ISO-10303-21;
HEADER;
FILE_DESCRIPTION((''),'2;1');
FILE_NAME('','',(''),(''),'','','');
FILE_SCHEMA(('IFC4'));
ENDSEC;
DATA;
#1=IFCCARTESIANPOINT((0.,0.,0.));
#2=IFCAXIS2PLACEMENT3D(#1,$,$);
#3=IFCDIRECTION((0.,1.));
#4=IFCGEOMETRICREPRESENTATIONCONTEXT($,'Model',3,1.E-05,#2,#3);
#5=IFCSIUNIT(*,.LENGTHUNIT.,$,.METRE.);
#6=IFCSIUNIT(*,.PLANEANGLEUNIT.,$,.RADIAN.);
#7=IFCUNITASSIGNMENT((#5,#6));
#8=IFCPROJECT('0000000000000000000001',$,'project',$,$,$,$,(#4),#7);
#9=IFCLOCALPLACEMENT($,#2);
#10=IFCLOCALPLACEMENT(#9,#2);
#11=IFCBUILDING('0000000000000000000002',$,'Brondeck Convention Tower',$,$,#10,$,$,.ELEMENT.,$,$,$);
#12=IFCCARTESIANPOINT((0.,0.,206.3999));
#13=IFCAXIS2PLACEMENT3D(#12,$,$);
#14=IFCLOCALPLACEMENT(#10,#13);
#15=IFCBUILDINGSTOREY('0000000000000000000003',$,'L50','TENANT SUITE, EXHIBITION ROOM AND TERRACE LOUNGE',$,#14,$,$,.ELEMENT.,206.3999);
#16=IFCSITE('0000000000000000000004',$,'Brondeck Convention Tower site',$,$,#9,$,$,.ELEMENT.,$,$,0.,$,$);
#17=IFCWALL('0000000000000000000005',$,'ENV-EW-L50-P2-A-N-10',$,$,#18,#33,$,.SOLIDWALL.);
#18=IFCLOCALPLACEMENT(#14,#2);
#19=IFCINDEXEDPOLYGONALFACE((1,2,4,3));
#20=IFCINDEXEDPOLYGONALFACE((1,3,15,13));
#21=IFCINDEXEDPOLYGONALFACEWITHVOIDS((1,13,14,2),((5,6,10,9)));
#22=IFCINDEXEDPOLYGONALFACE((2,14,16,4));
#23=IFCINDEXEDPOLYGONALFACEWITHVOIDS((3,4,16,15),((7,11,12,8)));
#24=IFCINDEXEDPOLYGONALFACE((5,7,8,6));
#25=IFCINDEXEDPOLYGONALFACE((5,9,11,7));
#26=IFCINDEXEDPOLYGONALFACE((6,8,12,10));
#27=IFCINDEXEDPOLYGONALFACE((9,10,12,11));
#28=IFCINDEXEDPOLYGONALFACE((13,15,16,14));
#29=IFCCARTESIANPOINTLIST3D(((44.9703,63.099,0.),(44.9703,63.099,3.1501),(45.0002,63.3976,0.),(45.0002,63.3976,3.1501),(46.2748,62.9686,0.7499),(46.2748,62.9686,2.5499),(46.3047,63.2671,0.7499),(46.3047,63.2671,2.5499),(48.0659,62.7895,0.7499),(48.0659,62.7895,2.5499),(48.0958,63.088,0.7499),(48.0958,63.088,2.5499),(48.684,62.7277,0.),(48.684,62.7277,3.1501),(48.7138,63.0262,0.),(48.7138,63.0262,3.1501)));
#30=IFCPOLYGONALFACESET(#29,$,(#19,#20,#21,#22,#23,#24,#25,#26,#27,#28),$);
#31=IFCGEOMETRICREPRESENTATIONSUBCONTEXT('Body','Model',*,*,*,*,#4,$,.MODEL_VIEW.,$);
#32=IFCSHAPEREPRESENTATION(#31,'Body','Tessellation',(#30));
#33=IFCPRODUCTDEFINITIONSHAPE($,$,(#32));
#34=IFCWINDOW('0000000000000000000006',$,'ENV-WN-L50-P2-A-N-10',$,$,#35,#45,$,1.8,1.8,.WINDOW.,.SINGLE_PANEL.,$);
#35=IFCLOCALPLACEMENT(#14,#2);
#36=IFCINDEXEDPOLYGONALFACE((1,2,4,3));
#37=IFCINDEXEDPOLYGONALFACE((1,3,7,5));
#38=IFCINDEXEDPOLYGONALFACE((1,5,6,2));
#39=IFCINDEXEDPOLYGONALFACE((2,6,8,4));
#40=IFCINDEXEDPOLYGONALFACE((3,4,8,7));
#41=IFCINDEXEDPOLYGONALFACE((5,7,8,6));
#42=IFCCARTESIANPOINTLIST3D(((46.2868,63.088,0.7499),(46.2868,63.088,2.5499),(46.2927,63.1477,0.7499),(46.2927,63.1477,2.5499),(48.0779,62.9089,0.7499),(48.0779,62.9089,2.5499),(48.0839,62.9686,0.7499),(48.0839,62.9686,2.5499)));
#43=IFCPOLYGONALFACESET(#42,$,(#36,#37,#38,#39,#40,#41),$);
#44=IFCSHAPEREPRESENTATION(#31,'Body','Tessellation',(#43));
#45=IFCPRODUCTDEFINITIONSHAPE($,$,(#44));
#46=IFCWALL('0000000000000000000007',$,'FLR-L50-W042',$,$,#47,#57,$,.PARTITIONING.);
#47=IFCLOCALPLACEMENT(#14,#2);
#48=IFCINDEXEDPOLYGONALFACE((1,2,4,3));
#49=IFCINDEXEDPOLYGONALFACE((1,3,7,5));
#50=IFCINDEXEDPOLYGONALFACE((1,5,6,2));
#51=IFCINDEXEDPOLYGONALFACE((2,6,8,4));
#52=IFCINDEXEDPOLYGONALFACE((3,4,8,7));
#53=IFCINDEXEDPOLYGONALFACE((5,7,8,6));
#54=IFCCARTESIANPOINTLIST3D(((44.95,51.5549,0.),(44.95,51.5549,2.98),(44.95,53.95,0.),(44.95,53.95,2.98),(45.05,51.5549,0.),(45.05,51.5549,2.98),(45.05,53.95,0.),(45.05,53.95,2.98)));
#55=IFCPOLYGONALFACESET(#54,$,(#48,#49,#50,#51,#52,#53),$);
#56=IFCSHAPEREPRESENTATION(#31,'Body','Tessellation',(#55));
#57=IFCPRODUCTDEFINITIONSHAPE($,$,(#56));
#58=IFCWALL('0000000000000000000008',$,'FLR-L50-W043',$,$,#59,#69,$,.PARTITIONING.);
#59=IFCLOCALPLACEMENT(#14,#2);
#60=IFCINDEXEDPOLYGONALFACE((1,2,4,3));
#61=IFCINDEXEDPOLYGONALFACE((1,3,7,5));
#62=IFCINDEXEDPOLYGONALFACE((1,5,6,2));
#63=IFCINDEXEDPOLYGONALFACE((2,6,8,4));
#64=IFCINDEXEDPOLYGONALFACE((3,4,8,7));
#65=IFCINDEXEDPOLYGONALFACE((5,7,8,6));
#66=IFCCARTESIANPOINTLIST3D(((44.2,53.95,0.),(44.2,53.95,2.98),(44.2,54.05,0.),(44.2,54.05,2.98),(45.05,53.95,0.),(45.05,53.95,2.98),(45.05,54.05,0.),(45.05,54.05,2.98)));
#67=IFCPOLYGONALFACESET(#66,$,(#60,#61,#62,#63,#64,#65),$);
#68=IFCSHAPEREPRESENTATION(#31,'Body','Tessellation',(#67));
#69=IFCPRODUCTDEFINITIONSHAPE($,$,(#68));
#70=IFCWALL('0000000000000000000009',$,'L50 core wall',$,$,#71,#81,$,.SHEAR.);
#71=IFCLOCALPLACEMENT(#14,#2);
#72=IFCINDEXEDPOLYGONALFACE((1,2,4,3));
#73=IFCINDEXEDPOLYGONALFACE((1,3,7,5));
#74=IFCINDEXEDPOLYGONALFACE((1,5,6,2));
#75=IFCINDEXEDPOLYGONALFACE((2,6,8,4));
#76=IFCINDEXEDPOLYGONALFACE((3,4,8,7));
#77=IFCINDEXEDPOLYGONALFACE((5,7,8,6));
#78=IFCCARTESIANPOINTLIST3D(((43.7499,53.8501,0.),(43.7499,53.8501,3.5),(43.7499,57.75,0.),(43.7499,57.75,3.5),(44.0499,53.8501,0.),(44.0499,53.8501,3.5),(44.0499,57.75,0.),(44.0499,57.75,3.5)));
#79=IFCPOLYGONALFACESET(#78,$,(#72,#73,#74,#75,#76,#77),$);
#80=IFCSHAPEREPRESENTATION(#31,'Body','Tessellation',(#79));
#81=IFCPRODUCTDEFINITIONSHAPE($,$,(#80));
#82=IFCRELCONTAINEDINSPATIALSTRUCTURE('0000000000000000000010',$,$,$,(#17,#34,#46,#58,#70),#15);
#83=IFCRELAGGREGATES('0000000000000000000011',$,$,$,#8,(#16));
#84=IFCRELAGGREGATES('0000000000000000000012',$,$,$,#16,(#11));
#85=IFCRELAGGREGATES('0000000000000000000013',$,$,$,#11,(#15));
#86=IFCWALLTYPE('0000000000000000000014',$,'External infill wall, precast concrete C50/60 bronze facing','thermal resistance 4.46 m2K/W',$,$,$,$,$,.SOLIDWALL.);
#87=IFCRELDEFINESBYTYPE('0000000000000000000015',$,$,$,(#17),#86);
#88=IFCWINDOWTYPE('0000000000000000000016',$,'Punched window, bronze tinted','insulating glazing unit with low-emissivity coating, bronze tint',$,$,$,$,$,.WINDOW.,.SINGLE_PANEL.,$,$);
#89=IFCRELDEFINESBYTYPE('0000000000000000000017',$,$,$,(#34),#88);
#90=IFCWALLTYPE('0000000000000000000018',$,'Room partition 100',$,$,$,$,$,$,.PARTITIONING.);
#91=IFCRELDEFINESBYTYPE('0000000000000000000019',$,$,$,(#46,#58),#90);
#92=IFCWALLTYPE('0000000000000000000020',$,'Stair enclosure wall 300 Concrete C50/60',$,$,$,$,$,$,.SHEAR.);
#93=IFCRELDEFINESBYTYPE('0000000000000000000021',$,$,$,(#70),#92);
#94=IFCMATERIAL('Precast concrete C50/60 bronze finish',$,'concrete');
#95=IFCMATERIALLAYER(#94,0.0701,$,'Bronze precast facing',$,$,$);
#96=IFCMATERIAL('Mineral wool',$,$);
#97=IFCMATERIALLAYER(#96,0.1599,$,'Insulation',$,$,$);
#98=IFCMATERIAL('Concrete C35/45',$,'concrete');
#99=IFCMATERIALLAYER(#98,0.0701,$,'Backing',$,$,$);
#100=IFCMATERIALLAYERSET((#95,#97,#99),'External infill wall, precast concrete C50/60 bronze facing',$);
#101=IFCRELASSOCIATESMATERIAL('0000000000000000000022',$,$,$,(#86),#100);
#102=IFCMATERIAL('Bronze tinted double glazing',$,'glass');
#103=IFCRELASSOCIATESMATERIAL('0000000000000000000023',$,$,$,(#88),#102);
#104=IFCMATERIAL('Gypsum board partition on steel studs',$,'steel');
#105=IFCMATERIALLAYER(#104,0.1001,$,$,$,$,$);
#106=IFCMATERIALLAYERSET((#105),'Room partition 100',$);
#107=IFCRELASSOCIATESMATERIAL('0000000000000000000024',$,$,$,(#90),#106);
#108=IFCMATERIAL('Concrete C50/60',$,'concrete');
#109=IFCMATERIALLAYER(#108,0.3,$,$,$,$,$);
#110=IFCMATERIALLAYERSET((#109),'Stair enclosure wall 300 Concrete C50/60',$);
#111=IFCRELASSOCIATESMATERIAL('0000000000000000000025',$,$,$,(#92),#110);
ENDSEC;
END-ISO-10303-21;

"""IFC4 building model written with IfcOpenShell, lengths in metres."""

from ifc_helpers import new_model, si_unit, direction, frame, frame_2d, origin, place, context, subcontext, project, spatial, rectangle, extrude, material, layer, layer_set, type_object, element, fill, save


model = new_model("IFC4")

# Units and contexts
model_context = context("Model", 3, precision=1e-05, world=origin(), true_north=direction((0.0, 1.0)))
body_context = subcontext(model_context, "Body", "Model", "MODEL_VIEW")
ifc_project = project(units=[si_unit("LENGTHUNIT", "METRE"), si_unit("PLANEANGLEUNIT", "RADIAN")], contexts=[model_context])

# Site, building, storey
site_placement = place(None, origin())
site = spatial("IfcSite", under=ifc_project, at=site_placement, Name="Brondeck Convention Tower site", CompositionType="ELEMENT", RefElevation=0.0)
building_placement = place(site_placement, origin())
building = spatial("IfcBuilding", under=site, at=building_placement, Name="Brondeck Convention Tower", CompositionType="ELEMENT")
storey_placement = place(building_placement, frame((0.0, 0.0, 206.3999)))
storey = spatial("IfcBuildingStorey", under=building, at=storey_placement, Name="L50", Description="TENANT SUITE, EXHIBITION ROOM AND TERRACE LOUNGE", CompositionType="ELEMENT", Elevation=206.3999)

# Shared definitions
ifc_material_1 = material(Name="Concrete C50/60", Category="concrete")

# Shared definitions
ifc_material_2 = material(Name="Precast concrete C50/60 bronze finish", Category="concrete")
ifc_layer_1 = layer(ifc_material_2, 0.0701, Name="Bronze precast facing")
ifc_material_3 = material(Name="Mineral wool")
ifc_layer_2 = layer(ifc_material_3, 0.1599, Name="Insulation")
ifc_material_4 = material(Name="Concrete C35/45", Category="concrete")
ifc_layer_3 = layer(ifc_material_4, 0.0701, Name="Backing")
ifc_layer_set_1 = layer_set([ifc_layer_1, ifc_layer_2, ifc_layer_3], Name="External infill wall, precast concrete C50/60 bronze facing")
wall_type_1 = type_object("IfcWallType", Name="External infill wall, precast concrete C50/60 bronze facing", Description="thermal resistance 4.46 m2K/W", PredefinedType="SOLIDWALL", material=ifc_layer_set_1)
ifc_material_5 = material(Name="Bronze tinted double glazing", Category="glass")
window_type_1 = type_object("IfcWindowType", Name="Punched window, bronze tinted", Description="insulating glazing unit with low-emissivity coating, bronze tint", PartitioningType="SINGLE_PANEL", PredefinedType="WINDOW", material=ifc_material_5)

# Wall, opening, window
wall_1_placement = place(storey_placement, frame((44.9851, 63.2483, 0.0), z_axis=(0.0, 0.0, 1.0), x_axis=(0.995038, -0.099497, 0.0)))
wall_1 = element("IfcWall", 1, at=wall_1_placement, inside=storey, type_object=wall_type_1, Name="ENV-EW-L50-P2-A-N-10", PredefinedType="SOLIDWALL", context=body_context, shape_type="SweptSolid", body=[
    extrude(rectangle(XDim=3.7322, YDim=0.3, at=frame_2d((1.8662, 0.0))), origin(), (0.0, 0.0, 1.0), 3.1501),
])
opening_1_placement = place(wall_1_placement, frame((1.3113, 0.0, 0.75)))
opening_1 = element("IfcOpeningElement", 2, at=opening_1_placement, cuts=wall_1, PredefinedType="OPENING", context=body_context, shape_type="SweptSolid", body=[
    extrude(rectangle(XDim=1.8, YDim=1.8, at=frame_2d((0.8999, 0.8999))), frame((0.0, 0.1599, 0.0), z_axis=(0.0, -1.0, 0.0), x_axis=(1.0, 0.0, 0.0)), (0.0, 0.0, 1.0), 0.3201),
])
window_1_placement = place(opening_1_placement, origin())
window_1 = element("IfcWindow", 3, at=window_1_placement, inside=storey, type_object=window_type_1, Name="ENV-WN-L50-P2-A-N-10", OverallHeight=1.8, OverallWidth=1.8, PartitioningType="SINGLE_PANEL", PredefinedType="WINDOW", context=body_context, shape_type="SweptSolid", body=[
    extrude(rectangle(XDim=1.8, YDim=1.8, at=frame_2d((0.8999, 0.8999))), frame((0.0, 0.03, 0.0), z_axis=(0.0, -1.0, 0.0), x_axis=(1.0, 0.0, 0.0)), (0.0, 0.0, 1.0), 0.0601),
])
fill(opening_1, window_1)

# Walls
ifc_material_6 = material(Name="Gypsum board partition on steel studs", Category="steel")
ifc_layer_4 = layer(ifc_material_6, 0.1001)
ifc_layer_set_2 = layer_set([ifc_layer_4], Name="Room partition 100")
wall_type_2 = type_object("IfcWallType", Name="Room partition 100", PredefinedType="PARTITIONING", material=ifc_layer_set_2)
wall_2_placement = place(storey_placement, frame((45.0, 53.95, 0.0), z_axis=(0.0, 0.0, 1.0), x_axis=(0.0, -1.0, 0.0)))
element("IfcWall", 4, at=wall_2_placement, inside=storey, type_object=wall_type_2, Name="FLR-L50-W042", PredefinedType="PARTITIONING", context=body_context, shape_type="SweptSolid", body=[
    extrude(rectangle(XDim=2.395, YDim=0.1001, at=frame_2d((1.1975, 0.0))), origin(), (0.0, 0.0, 1.0), 2.98),
])
wall_3_placement = place(storey_placement, frame((44.2, 54.0, 0.0), z_axis=(0.0, 0.0, 1.0), x_axis=(1.0, 0.0, 0.0)))
element("IfcWall", 5, at=wall_3_placement, inside=storey, type_object=wall_type_2, Name="FLR-L50-W043", PredefinedType="PARTITIONING", context=body_context, shape_type="SweptSolid", body=[
    extrude(rectangle(XDim=0.8501, YDim=0.1001, at=frame_2d((0.425, 0.0))), origin(), (0.0, 0.0, 1.0), 2.98),
])
ifc_layer_5 = layer(ifc_material_1, 0.3)
ifc_layer_set_3 = layer_set([ifc_layer_5], Name="Stair enclosure wall 300 Concrete C50/60")
wall_type_3 = type_object("IfcWallType", Name="Stair enclosure wall 300 Concrete C50/60", PredefinedType="SHEAR", material=ifc_layer_set_3)
wall_4_placement = place(storey_placement, frame((43.8999, 53.8501, 0.0), z_axis=(0.0, 0.0, 1.0), x_axis=(0.0, 1.0, 0.0)))
element("IfcWall", 6, at=wall_4_placement, inside=storey, type_object=wall_type_3, Name="L50 core wall", PredefinedType="SHEAR", context=body_context, shape_type="SweptSolid", body=[
    extrude(rectangle(XDim=3.8999, YDim=0.3, at=frame_2d((1.95, 0.0))), origin(), (0.0, 0.0, 1.0), 3.5),
])

save(model, "model.ifc")
